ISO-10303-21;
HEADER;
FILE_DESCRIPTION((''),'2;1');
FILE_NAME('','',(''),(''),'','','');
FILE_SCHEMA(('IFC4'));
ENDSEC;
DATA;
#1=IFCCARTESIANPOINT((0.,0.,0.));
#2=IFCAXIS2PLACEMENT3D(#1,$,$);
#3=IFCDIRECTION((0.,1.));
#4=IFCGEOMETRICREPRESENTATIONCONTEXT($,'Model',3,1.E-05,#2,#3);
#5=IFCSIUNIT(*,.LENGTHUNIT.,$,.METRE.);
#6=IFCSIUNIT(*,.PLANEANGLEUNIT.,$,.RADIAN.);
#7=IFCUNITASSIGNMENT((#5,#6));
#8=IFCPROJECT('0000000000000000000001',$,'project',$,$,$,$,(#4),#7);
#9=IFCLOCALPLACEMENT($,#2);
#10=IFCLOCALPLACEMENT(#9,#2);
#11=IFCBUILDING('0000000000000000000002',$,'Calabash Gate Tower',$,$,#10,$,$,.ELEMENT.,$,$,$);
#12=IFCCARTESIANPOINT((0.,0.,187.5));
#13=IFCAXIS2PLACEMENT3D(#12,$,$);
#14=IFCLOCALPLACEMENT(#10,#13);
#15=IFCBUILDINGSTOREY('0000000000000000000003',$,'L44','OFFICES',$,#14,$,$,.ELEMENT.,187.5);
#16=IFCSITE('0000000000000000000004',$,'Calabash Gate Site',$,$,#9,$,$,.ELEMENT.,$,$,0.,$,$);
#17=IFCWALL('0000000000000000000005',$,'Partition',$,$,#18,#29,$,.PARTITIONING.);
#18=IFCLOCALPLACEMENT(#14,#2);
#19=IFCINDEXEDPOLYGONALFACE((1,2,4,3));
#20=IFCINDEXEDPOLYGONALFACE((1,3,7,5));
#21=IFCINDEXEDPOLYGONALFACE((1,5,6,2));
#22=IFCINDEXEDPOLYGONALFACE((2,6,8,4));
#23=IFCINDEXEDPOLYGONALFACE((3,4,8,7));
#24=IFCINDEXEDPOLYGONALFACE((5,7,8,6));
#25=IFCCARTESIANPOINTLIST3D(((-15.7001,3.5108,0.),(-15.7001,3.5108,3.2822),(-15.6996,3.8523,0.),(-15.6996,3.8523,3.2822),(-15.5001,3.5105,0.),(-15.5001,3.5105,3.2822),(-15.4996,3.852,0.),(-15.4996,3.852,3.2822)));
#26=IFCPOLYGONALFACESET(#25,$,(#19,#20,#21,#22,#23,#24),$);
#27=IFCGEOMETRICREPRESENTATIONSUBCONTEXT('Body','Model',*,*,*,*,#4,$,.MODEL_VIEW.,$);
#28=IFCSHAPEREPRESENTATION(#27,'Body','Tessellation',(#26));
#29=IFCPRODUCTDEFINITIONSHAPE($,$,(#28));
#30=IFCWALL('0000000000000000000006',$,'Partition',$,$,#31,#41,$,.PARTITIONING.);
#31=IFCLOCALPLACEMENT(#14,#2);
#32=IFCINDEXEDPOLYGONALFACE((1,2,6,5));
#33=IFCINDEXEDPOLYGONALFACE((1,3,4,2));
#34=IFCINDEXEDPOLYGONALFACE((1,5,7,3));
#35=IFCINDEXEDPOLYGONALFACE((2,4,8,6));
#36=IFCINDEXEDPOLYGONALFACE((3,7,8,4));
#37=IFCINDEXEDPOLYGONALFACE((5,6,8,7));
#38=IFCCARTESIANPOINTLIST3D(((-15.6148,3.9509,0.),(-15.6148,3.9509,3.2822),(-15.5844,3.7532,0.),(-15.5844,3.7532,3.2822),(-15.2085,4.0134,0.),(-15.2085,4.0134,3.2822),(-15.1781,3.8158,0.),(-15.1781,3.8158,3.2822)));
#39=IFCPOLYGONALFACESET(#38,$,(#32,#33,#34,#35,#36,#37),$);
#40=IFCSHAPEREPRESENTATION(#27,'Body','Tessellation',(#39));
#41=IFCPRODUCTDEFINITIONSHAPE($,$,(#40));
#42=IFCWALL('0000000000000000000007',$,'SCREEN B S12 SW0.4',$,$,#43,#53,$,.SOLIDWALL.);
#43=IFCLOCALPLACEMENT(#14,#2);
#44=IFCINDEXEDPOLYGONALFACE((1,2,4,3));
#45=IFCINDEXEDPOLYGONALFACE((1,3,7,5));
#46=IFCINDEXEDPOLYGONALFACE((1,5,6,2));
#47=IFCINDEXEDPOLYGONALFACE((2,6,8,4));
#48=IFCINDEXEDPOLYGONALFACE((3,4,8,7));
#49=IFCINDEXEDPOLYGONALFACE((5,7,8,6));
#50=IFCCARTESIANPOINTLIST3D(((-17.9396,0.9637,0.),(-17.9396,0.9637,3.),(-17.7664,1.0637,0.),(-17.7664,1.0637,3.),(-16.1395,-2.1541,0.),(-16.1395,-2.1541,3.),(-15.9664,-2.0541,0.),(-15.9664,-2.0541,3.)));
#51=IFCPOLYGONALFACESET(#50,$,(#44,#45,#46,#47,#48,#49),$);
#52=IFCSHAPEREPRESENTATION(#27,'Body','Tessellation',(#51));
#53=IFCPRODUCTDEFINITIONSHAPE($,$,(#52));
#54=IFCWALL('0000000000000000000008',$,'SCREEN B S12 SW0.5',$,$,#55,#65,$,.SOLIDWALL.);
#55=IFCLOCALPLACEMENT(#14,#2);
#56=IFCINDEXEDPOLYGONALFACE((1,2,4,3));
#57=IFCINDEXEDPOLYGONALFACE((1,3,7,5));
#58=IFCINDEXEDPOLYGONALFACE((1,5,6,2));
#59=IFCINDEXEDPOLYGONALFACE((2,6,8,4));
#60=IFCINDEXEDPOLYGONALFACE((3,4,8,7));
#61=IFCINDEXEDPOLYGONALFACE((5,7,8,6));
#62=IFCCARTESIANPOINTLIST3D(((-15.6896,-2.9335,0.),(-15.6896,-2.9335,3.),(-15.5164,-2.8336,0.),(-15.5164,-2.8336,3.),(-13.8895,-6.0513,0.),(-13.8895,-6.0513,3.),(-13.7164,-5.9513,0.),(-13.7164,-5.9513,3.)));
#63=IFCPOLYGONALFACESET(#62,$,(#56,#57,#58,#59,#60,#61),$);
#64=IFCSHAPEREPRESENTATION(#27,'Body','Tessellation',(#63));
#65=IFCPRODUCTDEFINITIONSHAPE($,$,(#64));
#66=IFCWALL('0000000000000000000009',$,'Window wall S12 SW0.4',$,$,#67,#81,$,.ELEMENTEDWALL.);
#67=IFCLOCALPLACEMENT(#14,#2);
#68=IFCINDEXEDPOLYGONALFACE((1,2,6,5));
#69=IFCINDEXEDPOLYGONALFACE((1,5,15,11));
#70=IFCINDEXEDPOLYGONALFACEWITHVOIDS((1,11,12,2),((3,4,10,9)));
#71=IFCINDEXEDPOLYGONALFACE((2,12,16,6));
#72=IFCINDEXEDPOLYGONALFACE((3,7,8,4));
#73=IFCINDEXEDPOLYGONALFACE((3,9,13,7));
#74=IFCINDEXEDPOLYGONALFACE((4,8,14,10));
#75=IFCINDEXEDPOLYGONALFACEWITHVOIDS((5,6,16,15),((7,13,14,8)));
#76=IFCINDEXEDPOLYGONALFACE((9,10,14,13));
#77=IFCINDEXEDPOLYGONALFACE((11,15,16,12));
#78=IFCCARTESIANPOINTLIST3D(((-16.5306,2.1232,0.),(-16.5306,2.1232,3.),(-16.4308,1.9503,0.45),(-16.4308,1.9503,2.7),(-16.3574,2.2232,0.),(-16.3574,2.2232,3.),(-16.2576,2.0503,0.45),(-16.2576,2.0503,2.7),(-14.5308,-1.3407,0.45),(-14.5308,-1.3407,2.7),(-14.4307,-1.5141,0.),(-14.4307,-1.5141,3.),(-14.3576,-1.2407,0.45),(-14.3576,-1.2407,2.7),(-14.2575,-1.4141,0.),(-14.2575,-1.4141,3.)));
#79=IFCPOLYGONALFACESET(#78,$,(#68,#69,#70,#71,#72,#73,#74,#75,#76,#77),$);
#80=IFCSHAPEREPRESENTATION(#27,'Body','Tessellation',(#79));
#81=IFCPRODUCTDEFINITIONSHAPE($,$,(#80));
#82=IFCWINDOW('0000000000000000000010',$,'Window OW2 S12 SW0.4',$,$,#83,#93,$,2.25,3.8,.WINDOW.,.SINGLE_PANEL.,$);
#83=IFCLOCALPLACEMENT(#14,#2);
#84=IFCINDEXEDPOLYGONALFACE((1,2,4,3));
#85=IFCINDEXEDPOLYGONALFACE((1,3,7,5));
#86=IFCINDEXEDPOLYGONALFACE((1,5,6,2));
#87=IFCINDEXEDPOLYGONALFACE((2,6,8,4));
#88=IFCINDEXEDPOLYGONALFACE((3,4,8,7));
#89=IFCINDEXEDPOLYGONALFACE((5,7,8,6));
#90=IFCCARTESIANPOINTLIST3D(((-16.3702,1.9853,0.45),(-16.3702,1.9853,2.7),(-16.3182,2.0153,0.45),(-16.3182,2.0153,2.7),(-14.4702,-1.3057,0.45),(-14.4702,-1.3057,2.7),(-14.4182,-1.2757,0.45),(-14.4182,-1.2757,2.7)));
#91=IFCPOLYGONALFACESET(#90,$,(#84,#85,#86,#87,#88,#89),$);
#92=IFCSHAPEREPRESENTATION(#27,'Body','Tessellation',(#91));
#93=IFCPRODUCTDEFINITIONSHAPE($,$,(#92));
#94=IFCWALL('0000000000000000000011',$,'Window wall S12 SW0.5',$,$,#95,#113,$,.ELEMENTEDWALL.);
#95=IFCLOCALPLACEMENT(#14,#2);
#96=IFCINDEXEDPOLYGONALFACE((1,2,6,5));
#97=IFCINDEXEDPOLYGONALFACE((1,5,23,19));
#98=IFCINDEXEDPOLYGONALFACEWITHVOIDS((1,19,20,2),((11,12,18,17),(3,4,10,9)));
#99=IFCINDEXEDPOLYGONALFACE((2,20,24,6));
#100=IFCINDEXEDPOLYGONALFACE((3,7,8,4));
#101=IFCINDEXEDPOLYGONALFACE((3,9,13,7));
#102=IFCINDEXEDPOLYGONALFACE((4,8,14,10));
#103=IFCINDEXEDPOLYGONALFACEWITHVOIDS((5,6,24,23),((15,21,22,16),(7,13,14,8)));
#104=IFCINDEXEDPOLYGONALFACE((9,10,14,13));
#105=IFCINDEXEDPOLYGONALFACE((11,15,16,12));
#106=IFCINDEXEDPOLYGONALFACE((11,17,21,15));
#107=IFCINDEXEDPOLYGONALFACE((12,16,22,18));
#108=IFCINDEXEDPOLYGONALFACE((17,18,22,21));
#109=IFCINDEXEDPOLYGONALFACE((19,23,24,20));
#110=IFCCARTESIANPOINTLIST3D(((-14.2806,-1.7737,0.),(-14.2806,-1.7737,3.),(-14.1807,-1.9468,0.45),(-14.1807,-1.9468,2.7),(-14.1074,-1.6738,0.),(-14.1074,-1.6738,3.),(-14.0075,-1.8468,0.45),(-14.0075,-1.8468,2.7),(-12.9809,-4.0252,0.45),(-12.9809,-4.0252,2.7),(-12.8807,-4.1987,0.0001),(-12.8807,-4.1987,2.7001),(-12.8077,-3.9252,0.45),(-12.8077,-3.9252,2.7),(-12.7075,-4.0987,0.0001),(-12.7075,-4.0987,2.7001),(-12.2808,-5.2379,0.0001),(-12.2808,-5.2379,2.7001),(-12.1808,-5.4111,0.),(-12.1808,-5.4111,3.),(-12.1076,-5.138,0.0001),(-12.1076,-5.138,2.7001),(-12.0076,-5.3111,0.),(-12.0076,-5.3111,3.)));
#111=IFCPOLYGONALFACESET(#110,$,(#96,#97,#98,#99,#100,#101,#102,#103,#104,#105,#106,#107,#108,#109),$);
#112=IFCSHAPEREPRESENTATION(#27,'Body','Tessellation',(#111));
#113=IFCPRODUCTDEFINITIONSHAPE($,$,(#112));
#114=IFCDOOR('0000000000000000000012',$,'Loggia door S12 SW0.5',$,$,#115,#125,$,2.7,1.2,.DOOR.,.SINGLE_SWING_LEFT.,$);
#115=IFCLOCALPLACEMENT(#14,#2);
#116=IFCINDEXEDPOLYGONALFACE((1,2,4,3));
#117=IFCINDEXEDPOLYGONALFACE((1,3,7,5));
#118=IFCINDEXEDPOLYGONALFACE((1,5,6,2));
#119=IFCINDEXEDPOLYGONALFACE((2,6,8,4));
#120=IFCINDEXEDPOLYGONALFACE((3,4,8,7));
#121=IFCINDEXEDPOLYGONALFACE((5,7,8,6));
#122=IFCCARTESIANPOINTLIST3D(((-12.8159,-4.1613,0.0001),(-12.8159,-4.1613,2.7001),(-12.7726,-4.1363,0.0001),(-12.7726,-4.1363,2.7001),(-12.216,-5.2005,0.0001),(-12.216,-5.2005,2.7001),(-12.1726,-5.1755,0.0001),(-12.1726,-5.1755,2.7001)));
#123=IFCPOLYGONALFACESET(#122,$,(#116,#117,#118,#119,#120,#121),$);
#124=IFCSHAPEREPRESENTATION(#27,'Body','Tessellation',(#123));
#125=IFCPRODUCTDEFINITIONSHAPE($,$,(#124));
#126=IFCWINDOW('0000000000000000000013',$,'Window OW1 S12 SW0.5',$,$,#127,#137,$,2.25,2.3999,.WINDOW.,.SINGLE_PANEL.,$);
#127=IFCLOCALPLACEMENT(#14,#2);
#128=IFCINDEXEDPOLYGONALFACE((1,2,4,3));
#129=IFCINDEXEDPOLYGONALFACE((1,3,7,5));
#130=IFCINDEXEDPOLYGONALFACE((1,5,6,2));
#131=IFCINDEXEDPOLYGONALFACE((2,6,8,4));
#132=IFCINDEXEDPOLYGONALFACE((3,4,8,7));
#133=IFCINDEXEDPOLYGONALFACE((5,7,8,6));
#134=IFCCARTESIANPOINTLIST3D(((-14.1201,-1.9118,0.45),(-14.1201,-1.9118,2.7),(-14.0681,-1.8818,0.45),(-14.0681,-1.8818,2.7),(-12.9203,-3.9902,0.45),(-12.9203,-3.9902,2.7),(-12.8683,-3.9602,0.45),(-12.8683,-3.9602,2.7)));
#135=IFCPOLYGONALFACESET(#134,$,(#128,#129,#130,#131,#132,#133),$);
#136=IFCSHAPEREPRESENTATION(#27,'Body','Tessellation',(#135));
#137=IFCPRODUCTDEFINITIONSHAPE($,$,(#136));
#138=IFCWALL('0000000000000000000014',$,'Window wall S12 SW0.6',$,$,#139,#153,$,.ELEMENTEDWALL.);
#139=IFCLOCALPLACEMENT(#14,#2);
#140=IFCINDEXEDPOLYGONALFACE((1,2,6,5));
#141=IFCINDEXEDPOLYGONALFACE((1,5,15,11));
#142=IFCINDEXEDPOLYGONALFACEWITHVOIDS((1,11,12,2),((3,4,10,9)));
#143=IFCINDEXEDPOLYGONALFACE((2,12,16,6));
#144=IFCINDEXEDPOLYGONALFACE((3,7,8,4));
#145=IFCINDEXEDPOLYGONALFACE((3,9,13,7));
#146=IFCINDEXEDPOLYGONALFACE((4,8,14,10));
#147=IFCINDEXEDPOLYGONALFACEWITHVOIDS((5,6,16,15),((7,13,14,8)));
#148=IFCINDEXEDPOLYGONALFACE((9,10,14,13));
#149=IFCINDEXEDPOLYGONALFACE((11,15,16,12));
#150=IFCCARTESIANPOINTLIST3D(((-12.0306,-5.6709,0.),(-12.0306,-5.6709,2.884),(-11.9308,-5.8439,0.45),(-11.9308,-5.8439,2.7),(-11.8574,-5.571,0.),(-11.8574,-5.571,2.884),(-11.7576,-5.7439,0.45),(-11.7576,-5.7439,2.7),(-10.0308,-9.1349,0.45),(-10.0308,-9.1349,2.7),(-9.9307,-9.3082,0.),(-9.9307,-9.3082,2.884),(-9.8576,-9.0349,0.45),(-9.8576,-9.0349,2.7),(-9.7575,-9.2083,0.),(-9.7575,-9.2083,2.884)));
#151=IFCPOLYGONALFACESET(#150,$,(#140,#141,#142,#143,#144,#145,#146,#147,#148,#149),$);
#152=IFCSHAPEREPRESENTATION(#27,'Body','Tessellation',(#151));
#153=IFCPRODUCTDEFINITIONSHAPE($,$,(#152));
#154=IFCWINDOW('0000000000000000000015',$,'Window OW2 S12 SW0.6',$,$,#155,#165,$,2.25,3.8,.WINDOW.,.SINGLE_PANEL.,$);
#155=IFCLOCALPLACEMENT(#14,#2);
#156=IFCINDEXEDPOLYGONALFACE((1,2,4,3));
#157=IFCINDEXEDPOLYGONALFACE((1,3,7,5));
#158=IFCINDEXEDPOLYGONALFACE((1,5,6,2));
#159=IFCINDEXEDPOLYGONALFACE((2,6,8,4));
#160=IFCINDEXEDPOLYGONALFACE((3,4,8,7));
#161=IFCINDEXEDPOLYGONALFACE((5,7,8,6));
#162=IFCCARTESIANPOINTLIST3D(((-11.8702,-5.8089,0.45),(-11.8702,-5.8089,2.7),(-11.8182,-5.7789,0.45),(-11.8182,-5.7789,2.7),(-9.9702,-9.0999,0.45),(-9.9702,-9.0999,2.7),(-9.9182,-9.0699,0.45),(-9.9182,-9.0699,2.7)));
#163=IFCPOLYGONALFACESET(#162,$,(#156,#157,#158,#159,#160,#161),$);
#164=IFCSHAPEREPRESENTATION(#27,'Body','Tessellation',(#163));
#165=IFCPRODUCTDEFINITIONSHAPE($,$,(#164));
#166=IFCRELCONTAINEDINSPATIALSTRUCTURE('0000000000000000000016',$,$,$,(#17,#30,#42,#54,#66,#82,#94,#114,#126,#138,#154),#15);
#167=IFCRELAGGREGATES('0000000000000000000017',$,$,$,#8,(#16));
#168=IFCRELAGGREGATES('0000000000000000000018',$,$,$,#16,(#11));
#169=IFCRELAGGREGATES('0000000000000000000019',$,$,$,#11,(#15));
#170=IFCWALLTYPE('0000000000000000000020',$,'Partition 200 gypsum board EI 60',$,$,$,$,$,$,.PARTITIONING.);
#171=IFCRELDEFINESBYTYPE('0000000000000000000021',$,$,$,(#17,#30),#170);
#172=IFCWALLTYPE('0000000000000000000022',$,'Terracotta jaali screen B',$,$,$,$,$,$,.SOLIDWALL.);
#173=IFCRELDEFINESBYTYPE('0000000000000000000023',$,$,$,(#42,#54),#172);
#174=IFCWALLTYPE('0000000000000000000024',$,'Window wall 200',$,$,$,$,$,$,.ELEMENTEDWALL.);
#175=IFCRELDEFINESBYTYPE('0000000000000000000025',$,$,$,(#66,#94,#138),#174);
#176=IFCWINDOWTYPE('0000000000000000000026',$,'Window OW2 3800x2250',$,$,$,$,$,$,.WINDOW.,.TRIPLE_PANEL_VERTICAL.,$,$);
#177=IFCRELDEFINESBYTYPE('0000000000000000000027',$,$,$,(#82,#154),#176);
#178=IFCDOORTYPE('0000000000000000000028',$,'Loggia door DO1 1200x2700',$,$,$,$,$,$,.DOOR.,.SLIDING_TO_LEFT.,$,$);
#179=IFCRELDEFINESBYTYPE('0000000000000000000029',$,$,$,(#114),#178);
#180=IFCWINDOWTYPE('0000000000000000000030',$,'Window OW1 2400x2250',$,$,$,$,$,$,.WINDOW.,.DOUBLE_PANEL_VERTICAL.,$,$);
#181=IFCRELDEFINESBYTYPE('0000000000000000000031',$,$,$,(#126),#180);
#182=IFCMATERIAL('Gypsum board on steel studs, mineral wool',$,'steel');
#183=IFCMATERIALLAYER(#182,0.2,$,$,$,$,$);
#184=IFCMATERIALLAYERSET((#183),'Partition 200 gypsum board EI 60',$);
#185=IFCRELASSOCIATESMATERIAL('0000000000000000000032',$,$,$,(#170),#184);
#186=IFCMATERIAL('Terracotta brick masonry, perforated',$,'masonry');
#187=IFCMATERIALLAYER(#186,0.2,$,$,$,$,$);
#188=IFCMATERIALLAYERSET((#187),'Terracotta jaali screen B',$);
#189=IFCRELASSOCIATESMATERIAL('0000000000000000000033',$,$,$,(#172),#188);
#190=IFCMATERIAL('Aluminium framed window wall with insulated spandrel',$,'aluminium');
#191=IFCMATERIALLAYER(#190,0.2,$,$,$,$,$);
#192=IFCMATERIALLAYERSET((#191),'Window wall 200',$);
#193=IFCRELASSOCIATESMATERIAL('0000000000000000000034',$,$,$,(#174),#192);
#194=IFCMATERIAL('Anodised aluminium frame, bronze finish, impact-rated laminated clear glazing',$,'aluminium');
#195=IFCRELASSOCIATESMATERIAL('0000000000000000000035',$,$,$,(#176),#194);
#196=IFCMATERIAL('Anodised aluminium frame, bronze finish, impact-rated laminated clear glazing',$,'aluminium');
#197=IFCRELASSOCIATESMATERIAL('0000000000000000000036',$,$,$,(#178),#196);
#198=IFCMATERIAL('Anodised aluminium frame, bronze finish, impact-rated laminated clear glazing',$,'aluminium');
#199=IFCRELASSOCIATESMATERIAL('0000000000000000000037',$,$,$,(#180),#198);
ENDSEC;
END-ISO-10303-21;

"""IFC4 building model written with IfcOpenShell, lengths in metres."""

from ifc_helpers import new_model, si_unit, direction, frame, frame_2d, origin, place, context, subcontext, project, spatial, rectangle, extrude, material, layer, layer_set, type_object, element, fill, save


model = new_model("IFC4")

# Units and contexts
model_context = context("Model", 3, precision=1e-05, world=origin(), true_north=direction((0.0, 1.0)))
body_context = subcontext(model_context, "Body", "Model", "MODEL_VIEW")
ifc_project = project(units=[si_unit("LENGTHUNIT", "METRE"), si_unit("PLANEANGLEUNIT", "RADIAN")], contexts=[model_context])

# Site, building, storey
site_placement = place(None, origin())
site = spatial("IfcSite", under=ifc_project, at=site_placement, Name="Calabash Gate Site", CompositionType="ELEMENT", RefElevation=0.0)
building_placement = place(site_placement, origin())
building = spatial("IfcBuilding", under=site, at=building_placement, Name="Calabash Gate Tower", CompositionType="ELEMENT")
storey_placement = place(building_placement, frame((0.0, 0.0, 187.5)))
storey = spatial("IfcBuildingStorey", under=building, at=storey_placement, Name="L44", Description="OFFICES", CompositionType="ELEMENT", Elevation=187.5)

# Walls
ifc_material_1 = material(Name="Gypsum board on steel studs, mineral wool", Category="steel")
ifc_layer_1 = layer(ifc_material_1, 0.2)
ifc_layer_set_1 = layer_set([ifc_layer_1], Name="Partition 200 gypsum board EI 60")
wall_type_1 = type_object("IfcWallType", Name="Partition 200 gypsum board EI 60", PredefinedType="PARTITIONING", material=ifc_layer_set_1)
wall_1_placement = place(storey_placement, frame((-15.6001, 3.5105, 0.0), z_axis=(0.0, 0.0, 1.0), x_axis=(0.00143, 0.999999, 0.0)))
element("IfcWall", 1, at=wall_1_placement, inside=storey, type_object=wall_type_1, Name="Partition", PredefinedType="PARTITIONING", context=body_context, shape_type="SweptSolid", body=[
    extrude(rectangle(XDim=0.3416, YDim=0.2, at=frame_2d((0.1709, 0.0))), origin(), (0.0, 0.0, 1.0), 3.2822),
])
wall_2_placement = place(storey_placement, frame((-15.5996, 3.8521, 0.0), z_axis=(0.0, 0.0, 1.0), x_axis=(0.988372, 0.152057, 0.0)))
element("IfcWall", 2, at=wall_2_placement, inside=storey, type_object=wall_type_1, Name="Partition", PredefinedType="PARTITIONING", context=body_context, shape_type="SweptSolid", body=[
    extrude(rectangle(XDim=0.4111, YDim=0.2, at=frame_2d((0.2056, 0.0))), origin(), (0.0, 0.0, 1.0), 3.2822),
])
ifc_material_2 = material(Name="Terracotta brick masonry, perforated", Category="masonry")
ifc_layer_2 = layer(ifc_material_2, 0.2)
ifc_layer_set_2 = layer_set([ifc_layer_2], Name="Terracotta jaali screen B")
wall_type_2 = type_object("IfcWallType", Name="Terracotta jaali screen B", PredefinedType="SOLIDWALL", material=ifc_layer_set_2)
for number, where, z_axis, x_axis, name in (
    (3, (-17.853, 1.0137, 0.0), (0.0, 0.0, 1.0), (0.500012, -0.866018, 0.0), "SCREEN B S12 SW0.4"),
    (4, (-15.603, -2.8835, 0.0), (0.0, 0.0, 1.0), (0.500012, -0.866018, 0.0), "SCREEN B S12 SW0.5"),
):
    element("IfcWall", number, at=place(storey_placement, frame(where, z_axis=z_axis, x_axis=x_axis)), inside=storey, type_object=wall_type_2, Name=name, PredefinedType="SOLIDWALL", context=body_context, shape_type="SweptSolid", body=[
        extrude(rectangle(XDim=3.6001, YDim=0.2, at=frame_2d((1.8, 0.0))), origin(), (0.0, 0.0, 1.0), 3.0),
    ])

# Wall, opening, window
ifc_material_3 = material(Name="Aluminium framed window wall with insulated spandrel", Category="aluminium")
ifc_layer_3 = layer(ifc_material_3, 0.2)
ifc_layer_set_3 = layer_set([ifc_layer_3], Name="Window wall 200")
wall_type_3 = type_object("IfcWallType", Name="Window wall 200", PredefinedType="ELEMENTEDWALL", material=ifc_layer_set_3)
wall_3_placement = place(storey_placement, frame((-16.4441, 2.1733, 0.0), z_axis=(0.0, 0.0, 1.0), x_axis=(0.499984, -0.866035, 0.0)))
wall_3 = element("IfcWall", 5, at=wall_3_placement, inside=storey, type_object=wall_type_3, Name="Window wall S12 SW0.4", PredefinedType="ELEMENTEDWALL", context=body_context, shape_type="SweptSolid", body=[
    extrude(rectangle(XDim=4.2, YDim=0.2, at=frame_2d((2.1001, 0.0))), origin(), (0.0, 0.0, 1.0), 3.0),
])
opening_1_placement = place(wall_3_placement, frame((0.2, 0.0, 0.45)))
opening_1 = element("IfcOpeningElement", 6, at=opening_1_placement, cuts=wall_3, PredefinedType="OPENING", context=body_context, shape_type="SweptSolid", body=[
    extrude(rectangle(XDim=3.8, YDim=2.25, at=frame_2d((1.8999, 1.125))), frame((0.0, 0.1099, 0.0), z_axis=(0.0, -1.0, 0.0), x_axis=(1.0, 0.0, 0.0)), (0.0, 0.0, 1.0), 0.22),
])
ifc_material_4 = material(Name="Anodised aluminium frame, bronze finish, impact-rated laminated clear glazing", Category="aluminium")
window_type_1 = type_object("IfcWindowType", Name="Window OW2 3800x2250", PartitioningType="TRIPLE_PANEL_VERTICAL", PredefinedType="WINDOW", material=ifc_material_4)
window_1_placement = place(opening_1_placement, origin())
window_1 = element("IfcWindow", 7, at=window_1_placement, inside=storey, type_object=window_type_1, Name="Window OW2 S12 SW0.4", OverallHeight=2.25, OverallWidth=3.8, PartitioningType="SINGLE_PANEL", PredefinedType="WINDOW", context=body_context, shape_type="SweptSolid", body=[
    extrude(rectangle(XDim=3.8, YDim=2.25, at=frame_2d((1.8999, 1.125))), frame((0.0, 0.03, 0.0), z_axis=(0.0, -1.0, 0.0), x_axis=(1.0, 0.0, 0.0)), (0.0, 0.0, 1.0), 0.0601),
])
fill(opening_1, window_1)

# Wall, openings, door, window
wall_4_placement = place(storey_placement, frame((-14.1941, -1.7236, 0.0), z_axis=(0.0, 0.0, 1.0), x_axis=(0.499959, -0.866049, 0.0)))
wall_4 = element("IfcWall", 8, at=wall_4_placement, inside=storey, type_object=wall_type_3, Name="Window wall S12 SW0.5", PredefinedType="ELEMENTEDWALL", context=body_context, shape_type="SweptSolid", body=[
    extrude(rectangle(XDim=4.2, YDim=0.2, at=frame_2d((2.1001, 0.0))), origin(), (0.0, 0.0, 1.0), 3.0),
])
opening_2_placement = place(wall_4_placement, frame((0.2, 0.0, 0.45)))
opening_2 = element("IfcOpeningElement", 9, at=opening_2_placement, cuts=wall_4, PredefinedType="OPENING", context=body_context, shape_type="SweptSolid", body=[
    extrude(rectangle(XDim=2.3999, YDim=2.25, at=frame_2d((1.2, 1.125))), frame((0.0, 0.1099, 0.0), z_axis=(0.0, -1.0, 0.0), x_axis=(1.0, 0.0, 0.0)), (0.0, 0.0, 1.0), 0.22),
])
opening_3_placement = place(wall_4_placement, frame((2.8, 0.0, 0.0)))
opening_3 = element("IfcOpeningElement", 10, at=opening_3_placement, cuts=wall_4, PredefinedType="OPENING", context=body_context, shape_type="SweptSolid", body=[
    extrude(rectangle(XDim=1.2, YDim=2.7, at=frame_2d((0.6001, 1.3501))), frame((0.0, 0.1099, 0.0), z_axis=(0.0, -1.0, 0.0), x_axis=(1.0, 0.0, 0.0)), (0.0, 0.0, 1.0), 0.22),
])
ifc_material_5 = material(Name="Anodised aluminium frame, bronze finish, impact-rated laminated clear glazing", Category="aluminium")
door_type = type_object("IfcDoorType", Name="Loggia door DO1 1200x2700", OperationType="SLIDING_TO_LEFT", PredefinedType="DOOR", material=ifc_material_5)
door_placement = place(opening_3_placement, origin())
door = element("IfcDoor", 11, at=door_placement, inside=storey, type_object=door_type, Name="Loggia door S12 SW0.5", OperationType="SINGLE_SWING_LEFT", OverallHeight=2.7, OverallWidth=1.2, PredefinedType="DOOR", context=body_context, shape_type="SweptSolid", body=[
    extrude(rectangle(XDim=1.2, YDim=2.7, at=frame_2d((0.6001, 1.3501))), frame((0.0, 0.0249, 0.0), z_axis=(0.0, -1.0, 0.0), x_axis=(1.0, 0.0, 0.0)), (0.0, 0.0, 1.0), 0.05),
])
fill(opening_3, door)
ifc_material_6 = material(Name="Anodised aluminium frame, bronze finish, impact-rated laminated clear glazing", Category="aluminium")
window_type_2 = type_object("IfcWindowType", Name="Window OW1 2400x2250", PartitioningType="DOUBLE_PANEL_VERTICAL", PredefinedType="WINDOW", material=ifc_material_6)
window_2_placement = place(opening_2_placement, origin())
window_2 = element("IfcWindow", 12, at=window_2_placement, inside=storey, type_object=window_type_2, Name="Window OW1 S12 SW0.5", OverallHeight=2.25, OverallWidth=2.3999, PartitioningType="SINGLE_PANEL", PredefinedType="WINDOW", context=body_context, shape_type="SweptSolid", body=[
    extrude(rectangle(XDim=2.3999, YDim=2.25, at=frame_2d((1.2, 1.125))), frame((0.0, 0.03, 0.0), z_axis=(0.0, -1.0, 0.0), x_axis=(1.0, 0.0, 0.0)), (0.0, 0.0, 1.0), 0.0601),
])
fill(opening_2, window_2)

# Wall, opening, window
wall_5_placement = place(storey_placement, frame((-11.9441, -5.6208, 0.0), z_axis=(0.0, 0.0, 1.0), x_axis=(0.499984, -0.866035, 0.0)))
wall_5 = element("IfcWall", 13, at=wall_5_placement, inside=storey, type_object=wall_type_3, Name="Window wall S12 SW0.6", PredefinedType="ELEMENTEDWALL", context=body_context, shape_type="SweptSolid", body=[
    extrude(rectangle(XDim=4.2, YDim=0.2, at=frame_2d((2.1001, 0.0))), origin(), (0.0, 0.0, 1.0), 2.884),
])
opening_4_placement = place(wall_5_placement, frame((0.2, 0.0, 0.45)))
opening_4 = element("IfcOpeningElement", 14, at=opening_4_placement, cuts=wall_5, PredefinedType="OPENING", context=body_context, shape_type="SweptSolid", body=[
    extrude(rectangle(XDim=3.8, YDim=2.25, at=frame_2d((1.8999, 1.125))), frame((0.0, 0.1099, 0.0), z_axis=(0.0, -1.0, 0.0), x_axis=(1.0, 0.0, 0.0)), (0.0, 0.0, 1.0), 0.22),
])
window_3_placement = place(opening_4_placement, origin())
window_3 = element("IfcWindow", 15, at=window_3_placement, inside=storey, type_object=window_type_1, Name="Window OW2 S12 SW0.6", OverallHeight=2.25, OverallWidth=3.8, PartitioningType="SINGLE_PANEL", PredefinedType="WINDOW", context=body_context, shape_type="SweptSolid", body=[
    extrude(rectangle(XDim=3.8, YDim=2.25, at=frame_2d((1.8999, 1.125))), frame((0.0, 0.03, 0.0), z_axis=(0.0, -1.0, 0.0), x_axis=(1.0, 0.0, 0.0)), (0.0, 0.0, 1.0), 0.0601),
])
fill(opening_4, window_3)

save(model, "model.ifc")
